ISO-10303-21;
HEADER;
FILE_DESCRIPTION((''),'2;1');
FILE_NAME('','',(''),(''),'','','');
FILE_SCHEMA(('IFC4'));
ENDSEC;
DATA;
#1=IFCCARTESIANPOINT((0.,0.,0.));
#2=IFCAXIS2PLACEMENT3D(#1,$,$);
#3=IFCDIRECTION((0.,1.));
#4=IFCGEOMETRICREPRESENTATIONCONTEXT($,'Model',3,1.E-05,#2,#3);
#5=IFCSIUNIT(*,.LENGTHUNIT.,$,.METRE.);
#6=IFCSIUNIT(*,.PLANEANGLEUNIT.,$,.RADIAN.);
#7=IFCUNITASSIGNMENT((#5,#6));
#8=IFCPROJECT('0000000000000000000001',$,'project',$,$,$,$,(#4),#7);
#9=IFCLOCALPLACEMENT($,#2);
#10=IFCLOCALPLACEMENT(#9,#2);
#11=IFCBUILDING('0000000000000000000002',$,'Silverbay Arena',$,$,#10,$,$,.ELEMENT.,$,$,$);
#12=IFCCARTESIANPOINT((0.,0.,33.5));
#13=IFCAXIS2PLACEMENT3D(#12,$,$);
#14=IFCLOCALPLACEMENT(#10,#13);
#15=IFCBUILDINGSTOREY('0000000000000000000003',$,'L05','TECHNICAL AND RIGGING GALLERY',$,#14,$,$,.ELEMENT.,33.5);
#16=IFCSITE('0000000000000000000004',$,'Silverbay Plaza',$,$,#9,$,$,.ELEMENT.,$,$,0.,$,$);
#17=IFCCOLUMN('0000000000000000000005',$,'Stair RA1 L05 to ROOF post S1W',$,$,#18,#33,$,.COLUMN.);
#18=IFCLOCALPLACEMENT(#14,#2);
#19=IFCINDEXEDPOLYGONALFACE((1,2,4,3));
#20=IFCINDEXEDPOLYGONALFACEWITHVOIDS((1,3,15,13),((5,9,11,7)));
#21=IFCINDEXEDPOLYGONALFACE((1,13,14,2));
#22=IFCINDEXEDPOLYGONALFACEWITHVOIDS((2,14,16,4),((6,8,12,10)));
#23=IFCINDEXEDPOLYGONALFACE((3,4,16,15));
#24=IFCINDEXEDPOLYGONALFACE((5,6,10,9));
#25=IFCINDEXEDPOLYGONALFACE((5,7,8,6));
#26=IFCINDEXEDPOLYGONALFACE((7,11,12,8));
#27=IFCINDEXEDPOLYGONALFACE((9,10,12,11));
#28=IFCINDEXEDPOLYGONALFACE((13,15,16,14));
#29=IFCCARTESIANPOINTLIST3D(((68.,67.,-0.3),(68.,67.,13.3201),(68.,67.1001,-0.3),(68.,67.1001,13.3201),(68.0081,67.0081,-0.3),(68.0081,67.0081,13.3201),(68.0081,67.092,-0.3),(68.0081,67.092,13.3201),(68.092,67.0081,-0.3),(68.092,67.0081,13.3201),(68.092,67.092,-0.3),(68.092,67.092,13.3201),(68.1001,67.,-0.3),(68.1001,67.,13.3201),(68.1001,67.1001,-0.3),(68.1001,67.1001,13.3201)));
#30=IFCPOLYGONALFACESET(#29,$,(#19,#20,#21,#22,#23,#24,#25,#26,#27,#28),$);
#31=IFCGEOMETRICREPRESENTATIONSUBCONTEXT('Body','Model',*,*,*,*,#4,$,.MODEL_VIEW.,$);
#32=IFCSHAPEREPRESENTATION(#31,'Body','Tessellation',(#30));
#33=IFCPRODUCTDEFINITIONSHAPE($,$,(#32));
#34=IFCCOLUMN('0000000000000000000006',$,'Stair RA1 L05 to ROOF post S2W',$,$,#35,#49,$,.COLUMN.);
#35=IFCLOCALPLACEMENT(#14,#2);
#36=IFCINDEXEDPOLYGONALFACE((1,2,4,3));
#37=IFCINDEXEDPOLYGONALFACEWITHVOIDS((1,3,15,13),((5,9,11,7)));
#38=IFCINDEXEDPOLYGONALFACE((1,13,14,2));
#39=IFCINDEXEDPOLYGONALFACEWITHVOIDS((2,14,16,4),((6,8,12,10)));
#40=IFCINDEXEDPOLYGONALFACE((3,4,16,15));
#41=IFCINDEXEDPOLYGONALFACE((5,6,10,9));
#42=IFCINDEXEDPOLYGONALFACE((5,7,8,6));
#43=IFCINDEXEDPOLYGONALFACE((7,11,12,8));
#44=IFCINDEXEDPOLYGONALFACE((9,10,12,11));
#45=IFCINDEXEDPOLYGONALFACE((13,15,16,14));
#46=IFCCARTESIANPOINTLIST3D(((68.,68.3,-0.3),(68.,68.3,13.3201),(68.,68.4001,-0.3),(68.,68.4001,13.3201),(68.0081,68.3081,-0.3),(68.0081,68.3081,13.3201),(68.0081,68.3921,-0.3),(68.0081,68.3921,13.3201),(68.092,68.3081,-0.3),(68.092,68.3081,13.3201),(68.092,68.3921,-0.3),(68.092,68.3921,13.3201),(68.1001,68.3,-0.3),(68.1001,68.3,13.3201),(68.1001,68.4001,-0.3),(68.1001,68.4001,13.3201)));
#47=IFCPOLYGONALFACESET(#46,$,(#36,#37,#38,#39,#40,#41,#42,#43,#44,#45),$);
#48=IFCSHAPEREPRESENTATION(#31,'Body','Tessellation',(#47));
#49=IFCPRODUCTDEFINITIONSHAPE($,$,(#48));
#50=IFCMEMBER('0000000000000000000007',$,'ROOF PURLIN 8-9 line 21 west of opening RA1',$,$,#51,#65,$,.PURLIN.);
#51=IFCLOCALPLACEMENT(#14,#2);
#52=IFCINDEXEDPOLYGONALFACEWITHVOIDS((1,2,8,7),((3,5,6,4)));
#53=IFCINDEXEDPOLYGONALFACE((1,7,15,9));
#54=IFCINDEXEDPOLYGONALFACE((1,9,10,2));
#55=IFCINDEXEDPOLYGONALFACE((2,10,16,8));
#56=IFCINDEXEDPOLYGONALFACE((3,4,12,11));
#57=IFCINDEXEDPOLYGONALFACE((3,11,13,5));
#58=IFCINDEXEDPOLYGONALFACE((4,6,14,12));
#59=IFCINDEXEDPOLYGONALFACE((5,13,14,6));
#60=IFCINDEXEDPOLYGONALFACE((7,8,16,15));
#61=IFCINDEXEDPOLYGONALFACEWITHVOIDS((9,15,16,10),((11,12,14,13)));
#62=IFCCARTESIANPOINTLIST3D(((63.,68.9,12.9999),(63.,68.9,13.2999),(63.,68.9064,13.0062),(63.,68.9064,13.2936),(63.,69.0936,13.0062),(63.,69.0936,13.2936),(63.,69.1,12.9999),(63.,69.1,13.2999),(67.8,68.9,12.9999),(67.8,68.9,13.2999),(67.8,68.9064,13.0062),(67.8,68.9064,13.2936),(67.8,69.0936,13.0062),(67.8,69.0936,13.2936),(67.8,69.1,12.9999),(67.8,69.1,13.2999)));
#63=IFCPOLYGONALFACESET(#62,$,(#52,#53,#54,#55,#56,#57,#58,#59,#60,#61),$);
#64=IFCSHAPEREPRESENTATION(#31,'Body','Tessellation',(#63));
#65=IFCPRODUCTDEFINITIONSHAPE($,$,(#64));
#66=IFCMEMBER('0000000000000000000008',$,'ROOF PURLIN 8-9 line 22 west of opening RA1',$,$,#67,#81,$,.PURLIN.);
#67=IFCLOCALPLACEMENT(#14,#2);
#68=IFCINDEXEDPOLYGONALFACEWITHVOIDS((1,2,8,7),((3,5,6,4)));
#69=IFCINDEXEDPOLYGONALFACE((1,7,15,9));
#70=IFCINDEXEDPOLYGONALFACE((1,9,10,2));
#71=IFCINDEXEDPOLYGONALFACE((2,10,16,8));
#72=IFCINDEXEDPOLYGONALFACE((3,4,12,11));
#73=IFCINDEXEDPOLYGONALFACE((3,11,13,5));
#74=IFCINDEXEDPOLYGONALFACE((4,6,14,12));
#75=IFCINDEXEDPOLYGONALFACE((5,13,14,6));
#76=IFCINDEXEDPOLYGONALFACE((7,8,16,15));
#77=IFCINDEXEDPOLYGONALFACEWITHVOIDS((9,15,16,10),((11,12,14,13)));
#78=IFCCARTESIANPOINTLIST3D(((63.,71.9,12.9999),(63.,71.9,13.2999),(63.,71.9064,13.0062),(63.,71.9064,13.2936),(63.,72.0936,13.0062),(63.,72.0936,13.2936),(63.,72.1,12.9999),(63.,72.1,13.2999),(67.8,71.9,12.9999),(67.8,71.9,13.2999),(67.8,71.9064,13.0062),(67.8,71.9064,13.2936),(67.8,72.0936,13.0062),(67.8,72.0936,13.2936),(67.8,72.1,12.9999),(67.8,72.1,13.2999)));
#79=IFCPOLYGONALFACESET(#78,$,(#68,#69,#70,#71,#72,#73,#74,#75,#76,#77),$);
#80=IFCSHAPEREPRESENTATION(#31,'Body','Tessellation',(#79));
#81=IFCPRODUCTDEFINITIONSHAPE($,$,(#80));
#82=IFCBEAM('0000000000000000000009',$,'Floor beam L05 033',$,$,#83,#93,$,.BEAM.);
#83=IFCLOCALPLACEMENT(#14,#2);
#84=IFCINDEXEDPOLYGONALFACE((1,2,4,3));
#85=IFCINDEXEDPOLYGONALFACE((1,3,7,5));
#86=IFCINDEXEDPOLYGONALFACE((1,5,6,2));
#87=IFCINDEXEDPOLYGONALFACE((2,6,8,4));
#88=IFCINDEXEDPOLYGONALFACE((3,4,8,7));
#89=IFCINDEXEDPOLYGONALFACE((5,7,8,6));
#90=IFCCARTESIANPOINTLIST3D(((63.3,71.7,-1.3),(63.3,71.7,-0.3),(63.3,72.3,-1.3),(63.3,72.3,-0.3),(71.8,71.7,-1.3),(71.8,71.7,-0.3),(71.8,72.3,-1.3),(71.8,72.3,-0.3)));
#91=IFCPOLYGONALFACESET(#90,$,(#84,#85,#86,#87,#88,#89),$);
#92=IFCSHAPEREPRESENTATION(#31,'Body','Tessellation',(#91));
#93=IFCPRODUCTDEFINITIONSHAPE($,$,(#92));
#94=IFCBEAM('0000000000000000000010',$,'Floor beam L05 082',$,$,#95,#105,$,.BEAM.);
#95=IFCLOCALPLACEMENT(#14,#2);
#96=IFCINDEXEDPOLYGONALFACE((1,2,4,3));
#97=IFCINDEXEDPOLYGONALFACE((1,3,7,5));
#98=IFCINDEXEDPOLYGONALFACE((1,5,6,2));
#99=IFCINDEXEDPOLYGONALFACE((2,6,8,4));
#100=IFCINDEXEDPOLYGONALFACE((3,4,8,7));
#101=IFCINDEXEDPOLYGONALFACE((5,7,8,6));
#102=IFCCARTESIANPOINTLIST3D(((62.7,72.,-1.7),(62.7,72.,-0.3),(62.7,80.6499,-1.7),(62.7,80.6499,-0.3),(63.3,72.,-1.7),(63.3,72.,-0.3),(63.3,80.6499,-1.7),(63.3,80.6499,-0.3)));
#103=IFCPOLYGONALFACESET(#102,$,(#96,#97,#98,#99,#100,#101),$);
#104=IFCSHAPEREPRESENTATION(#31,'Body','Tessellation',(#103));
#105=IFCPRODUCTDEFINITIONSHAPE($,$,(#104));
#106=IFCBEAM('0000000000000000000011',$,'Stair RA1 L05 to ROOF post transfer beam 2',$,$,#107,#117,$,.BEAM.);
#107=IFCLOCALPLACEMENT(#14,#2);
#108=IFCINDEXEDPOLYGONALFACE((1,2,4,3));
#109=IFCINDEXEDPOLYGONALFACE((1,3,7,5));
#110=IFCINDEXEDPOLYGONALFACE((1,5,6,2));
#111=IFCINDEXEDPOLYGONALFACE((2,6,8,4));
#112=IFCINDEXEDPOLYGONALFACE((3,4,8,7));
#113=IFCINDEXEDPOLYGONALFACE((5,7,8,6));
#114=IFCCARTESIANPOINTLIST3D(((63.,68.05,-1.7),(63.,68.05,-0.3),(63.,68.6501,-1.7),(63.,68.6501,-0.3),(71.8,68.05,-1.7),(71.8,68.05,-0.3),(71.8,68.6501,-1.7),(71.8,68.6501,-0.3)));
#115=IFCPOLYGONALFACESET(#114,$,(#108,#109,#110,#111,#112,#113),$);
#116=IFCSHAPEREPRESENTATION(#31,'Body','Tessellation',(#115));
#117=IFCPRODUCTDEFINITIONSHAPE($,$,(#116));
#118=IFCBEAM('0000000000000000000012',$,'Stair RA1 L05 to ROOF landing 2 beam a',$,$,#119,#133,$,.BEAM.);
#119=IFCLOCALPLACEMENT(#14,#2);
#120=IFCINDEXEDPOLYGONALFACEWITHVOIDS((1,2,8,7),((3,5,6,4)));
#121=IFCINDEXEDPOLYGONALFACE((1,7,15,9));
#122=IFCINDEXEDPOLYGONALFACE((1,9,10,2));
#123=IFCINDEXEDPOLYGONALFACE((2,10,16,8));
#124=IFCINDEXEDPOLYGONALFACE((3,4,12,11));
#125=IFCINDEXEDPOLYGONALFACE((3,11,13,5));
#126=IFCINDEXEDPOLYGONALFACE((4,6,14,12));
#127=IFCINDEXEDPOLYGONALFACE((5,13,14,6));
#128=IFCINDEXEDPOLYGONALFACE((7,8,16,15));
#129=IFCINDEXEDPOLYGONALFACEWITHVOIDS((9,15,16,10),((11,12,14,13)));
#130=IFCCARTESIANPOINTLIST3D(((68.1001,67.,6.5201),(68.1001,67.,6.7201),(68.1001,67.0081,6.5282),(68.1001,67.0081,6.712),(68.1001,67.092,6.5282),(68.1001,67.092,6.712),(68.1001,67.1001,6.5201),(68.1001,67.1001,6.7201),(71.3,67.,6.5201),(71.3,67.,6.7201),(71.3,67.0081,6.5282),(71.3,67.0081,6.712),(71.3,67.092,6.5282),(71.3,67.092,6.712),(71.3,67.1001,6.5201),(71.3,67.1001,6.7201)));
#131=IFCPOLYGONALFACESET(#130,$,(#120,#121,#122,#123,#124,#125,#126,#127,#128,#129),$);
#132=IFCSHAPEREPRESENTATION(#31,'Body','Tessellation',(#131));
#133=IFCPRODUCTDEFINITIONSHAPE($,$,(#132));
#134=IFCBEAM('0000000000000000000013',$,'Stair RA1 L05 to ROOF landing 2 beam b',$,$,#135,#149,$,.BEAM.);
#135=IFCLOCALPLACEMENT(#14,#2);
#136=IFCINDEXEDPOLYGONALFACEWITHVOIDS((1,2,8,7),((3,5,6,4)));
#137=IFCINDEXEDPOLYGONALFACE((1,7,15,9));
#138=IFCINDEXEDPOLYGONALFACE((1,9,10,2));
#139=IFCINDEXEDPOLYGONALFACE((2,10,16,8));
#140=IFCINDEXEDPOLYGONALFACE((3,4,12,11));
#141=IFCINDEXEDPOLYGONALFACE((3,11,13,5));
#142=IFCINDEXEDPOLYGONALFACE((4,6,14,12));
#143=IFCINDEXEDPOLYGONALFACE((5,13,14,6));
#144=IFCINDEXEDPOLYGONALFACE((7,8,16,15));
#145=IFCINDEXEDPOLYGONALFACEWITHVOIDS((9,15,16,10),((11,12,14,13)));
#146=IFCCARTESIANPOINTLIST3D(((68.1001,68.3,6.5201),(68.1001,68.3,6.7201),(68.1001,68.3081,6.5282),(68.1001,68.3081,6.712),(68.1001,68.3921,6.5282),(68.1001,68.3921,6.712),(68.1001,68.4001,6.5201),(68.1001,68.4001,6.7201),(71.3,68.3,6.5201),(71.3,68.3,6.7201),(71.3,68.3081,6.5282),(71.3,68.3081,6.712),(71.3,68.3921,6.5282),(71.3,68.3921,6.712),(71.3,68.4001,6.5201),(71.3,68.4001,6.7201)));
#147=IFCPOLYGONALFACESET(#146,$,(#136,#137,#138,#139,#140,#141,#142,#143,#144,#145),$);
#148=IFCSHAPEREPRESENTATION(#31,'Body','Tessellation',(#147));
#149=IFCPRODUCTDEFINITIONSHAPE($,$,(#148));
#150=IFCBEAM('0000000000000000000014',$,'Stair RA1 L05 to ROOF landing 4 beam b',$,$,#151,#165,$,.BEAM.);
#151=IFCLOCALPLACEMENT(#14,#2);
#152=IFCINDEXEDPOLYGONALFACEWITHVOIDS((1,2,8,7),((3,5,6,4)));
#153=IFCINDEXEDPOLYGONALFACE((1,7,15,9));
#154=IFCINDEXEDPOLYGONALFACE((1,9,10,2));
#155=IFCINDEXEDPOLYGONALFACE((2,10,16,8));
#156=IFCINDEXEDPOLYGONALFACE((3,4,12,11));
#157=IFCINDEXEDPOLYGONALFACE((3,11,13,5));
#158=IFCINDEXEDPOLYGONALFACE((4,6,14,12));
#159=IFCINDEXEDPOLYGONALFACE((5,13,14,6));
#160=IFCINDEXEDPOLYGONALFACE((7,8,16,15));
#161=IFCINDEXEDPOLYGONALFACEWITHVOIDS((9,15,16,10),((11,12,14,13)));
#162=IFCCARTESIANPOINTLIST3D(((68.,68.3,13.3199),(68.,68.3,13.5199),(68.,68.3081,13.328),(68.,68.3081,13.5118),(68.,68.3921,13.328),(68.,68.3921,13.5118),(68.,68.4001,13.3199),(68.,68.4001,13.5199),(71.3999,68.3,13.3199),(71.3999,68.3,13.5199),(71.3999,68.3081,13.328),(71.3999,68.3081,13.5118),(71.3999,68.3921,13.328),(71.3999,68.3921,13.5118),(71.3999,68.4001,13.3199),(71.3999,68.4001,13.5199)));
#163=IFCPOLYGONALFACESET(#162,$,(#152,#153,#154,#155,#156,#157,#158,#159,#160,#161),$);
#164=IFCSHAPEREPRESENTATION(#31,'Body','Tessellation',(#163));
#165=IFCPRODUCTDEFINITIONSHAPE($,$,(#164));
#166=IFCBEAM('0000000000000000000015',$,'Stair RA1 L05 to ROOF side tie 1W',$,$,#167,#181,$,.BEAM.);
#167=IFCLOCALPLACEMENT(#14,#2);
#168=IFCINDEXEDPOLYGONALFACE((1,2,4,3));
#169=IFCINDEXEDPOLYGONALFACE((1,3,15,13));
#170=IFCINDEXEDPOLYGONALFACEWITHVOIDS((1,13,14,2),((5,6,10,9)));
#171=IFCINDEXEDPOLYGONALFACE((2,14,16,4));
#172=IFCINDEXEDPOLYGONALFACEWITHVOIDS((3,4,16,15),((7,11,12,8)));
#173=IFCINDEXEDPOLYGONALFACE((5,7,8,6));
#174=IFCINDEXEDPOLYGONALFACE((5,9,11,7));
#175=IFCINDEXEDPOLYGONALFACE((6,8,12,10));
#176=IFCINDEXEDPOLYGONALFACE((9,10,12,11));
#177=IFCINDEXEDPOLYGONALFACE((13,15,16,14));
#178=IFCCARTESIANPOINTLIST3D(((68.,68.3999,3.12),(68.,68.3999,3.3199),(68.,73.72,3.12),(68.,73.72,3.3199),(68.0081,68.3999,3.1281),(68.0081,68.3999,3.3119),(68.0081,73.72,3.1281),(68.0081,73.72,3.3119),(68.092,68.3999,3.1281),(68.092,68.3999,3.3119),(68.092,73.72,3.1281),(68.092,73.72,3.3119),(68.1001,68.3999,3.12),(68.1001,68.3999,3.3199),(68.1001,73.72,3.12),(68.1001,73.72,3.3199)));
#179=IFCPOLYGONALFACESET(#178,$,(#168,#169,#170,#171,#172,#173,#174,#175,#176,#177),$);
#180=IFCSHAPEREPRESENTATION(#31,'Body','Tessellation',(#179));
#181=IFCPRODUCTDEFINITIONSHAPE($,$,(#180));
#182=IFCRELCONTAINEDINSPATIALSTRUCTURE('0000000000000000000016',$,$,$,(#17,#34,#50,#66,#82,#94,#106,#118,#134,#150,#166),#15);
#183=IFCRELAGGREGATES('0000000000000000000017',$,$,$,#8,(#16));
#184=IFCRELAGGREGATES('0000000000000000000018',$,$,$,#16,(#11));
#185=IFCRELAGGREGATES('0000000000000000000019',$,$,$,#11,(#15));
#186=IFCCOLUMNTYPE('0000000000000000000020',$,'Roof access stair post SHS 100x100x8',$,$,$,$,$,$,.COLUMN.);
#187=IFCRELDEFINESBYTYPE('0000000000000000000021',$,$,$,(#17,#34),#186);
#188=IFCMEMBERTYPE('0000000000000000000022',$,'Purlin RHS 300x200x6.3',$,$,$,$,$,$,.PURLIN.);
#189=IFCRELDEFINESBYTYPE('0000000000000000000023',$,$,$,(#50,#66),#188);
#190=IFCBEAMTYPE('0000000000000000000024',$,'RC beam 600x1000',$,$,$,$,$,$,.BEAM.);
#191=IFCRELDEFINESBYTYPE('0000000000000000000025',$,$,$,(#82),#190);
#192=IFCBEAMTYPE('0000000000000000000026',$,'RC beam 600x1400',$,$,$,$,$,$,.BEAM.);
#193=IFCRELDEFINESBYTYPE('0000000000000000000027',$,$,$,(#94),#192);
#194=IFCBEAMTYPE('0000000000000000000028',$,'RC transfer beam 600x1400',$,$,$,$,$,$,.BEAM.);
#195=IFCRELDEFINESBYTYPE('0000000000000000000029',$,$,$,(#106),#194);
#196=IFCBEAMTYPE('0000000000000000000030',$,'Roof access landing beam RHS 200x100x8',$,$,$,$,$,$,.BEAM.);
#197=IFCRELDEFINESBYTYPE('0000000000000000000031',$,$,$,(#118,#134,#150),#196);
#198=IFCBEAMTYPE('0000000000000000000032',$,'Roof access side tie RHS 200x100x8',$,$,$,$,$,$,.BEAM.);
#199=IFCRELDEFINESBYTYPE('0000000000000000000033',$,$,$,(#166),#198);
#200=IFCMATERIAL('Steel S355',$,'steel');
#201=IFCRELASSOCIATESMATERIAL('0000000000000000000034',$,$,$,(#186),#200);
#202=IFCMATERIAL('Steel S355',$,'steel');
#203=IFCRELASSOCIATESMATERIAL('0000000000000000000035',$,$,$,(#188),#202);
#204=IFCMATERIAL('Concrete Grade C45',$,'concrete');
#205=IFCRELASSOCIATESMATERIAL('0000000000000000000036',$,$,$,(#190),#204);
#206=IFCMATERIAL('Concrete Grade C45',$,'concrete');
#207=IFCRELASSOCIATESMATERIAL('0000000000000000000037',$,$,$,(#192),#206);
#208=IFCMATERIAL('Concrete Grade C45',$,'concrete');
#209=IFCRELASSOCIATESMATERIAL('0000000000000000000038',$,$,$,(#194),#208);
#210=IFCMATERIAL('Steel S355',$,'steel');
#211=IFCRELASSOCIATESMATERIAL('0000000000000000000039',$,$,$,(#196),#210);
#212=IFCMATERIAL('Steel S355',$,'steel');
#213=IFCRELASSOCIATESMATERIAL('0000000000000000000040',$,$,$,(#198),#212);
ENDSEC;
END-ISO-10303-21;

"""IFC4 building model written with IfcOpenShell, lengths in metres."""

from ifc_helpers import new_model, si_unit, direction, frame, origin, origin_2d, place, context, subcontext, project, spatial, rectangle, hollow_rectangle, extrude, material, material_profile, profile_set, type_object, element, save


model = new_model("IFC4")

# Units and contexts
model_context = context("Model", 3, precision=1e-05, world=origin(), true_north=direction((0.0, 1.0)))
body_context = subcontext(model_context, "Body", "Model", "MODEL_VIEW")
ifc_project = project(units=[si_unit("LENGTHUNIT", "METRE"), si_unit("PLANEANGLEUNIT", "RADIAN")], contexts=[model_context])

# Site, building, storey
site_placement = place(None, origin())
site = spatial("IfcSite", under=ifc_project, at=site_placement, Name="Silverbay Plaza", CompositionType="ELEMENT", RefElevation=0.0)
building_placement = place(site_placement, origin())
building = spatial("IfcBuilding", under=site, at=building_placement, Name="Silverbay Arena", CompositionType="ELEMENT")
storey_placement = place(building_placement, frame((0.0, 0.0, 33.5)))
storey = spatial("IfcBuildingStorey", under=building, at=storey_placement, Name="L05", Description="TECHNICAL AND RIGGING GALLERY", CompositionType="ELEMENT", Elevation=33.5)

# Columns
ifc_material_1 = material(Name="Steel S355", Category="steel")
ifc_material_profile_1 = material_profile(ifc_material_1, hollow_rectangle(XDim=0.1001, YDim=0.1001, WallThickness=0.0081, at=origin_2d()), Name="SHS 100x100x8")
ifc_profile_set_1 = profile_set([ifc_material_profile_1], Name="Steel S355")
column_type = type_object("IfcColumnType", Name="Roof access stair post SHS 100x100x8", PredefinedType="COLUMN", material=ifc_profile_set_1)
for number, where, z_axis, x_axis, name in (
    (1, (68.05, 67.05, -0.3), (0.0, 0.0, 1.0), (1.0, 0.0, 0.0), "Stair RA1 L05 to ROOF post S1W"),
    (2, (68.05, 68.3501, -0.3), (0.0, 0.0, 1.0), (1.0, 0.0, 0.0), "Stair RA1 L05 to ROOF post S2W"),
):
    element("IfcColumn", number, at=place(storey_placement, frame(where, z_axis=z_axis, x_axis=x_axis)), inside=storey, type_object=column_type, Name=name, PredefinedType="COLUMN", context=body_context, shape_type="SweptSolid", body=[
        extrude(hollow_rectangle(XDim=0.1001, YDim=0.1001, WallThickness=0.0081, at=origin_2d()), origin(), (0.0, 0.0, 1.0), 13.6201),
    ])

# Members
ifc_material_2 = material(Name="Steel S355", Category="steel")
ifc_material_profile_2 = material_profile(ifc_material_2, hollow_rectangle(XDim=0.2, YDim=0.3, WallThickness=0.0063, at=origin_2d()), Name="RHS 300x200x6.3")
ifc_profile_set_2 = profile_set([ifc_material_profile_2], Name="Steel S355")
member_type_1 = type_object("IfcMemberType", Name="Purlin RHS 300x200x6.3", PredefinedType="PURLIN", material=ifc_profile_set_2)
for number, where, z_axis, x_axis, name in (
    (3, (63.0, 69.0, 13.1499), (1.0, 0.0, 0.0), (0.0, 1.0, 0.0), "ROOF PURLIN 8-9 line 21 west of opening RA1"),
    (4, (63.0, 72.0, 13.1499), (1.0, 0.0, 0.0), (0.0, 1.0, 0.0), "ROOF PURLIN 8-9 line 22 west of opening RA1"),
):
    element("IfcMember", number, at=place(storey_placement, frame(where, z_axis=z_axis, x_axis=x_axis)), inside=storey, type_object=member_type_1, Name=name, PredefinedType="PURLIN", context=body_context, shape_type="SweptSolid", body=[
        extrude(hollow_rectangle(XDim=0.2, YDim=0.3, WallThickness=0.0063, at=origin_2d()), origin(), (0.0, 0.0, 1.0), 4.8),
    ])

# Beams
ifc_material_3 = material(Name="Concrete Grade C45", Category="concrete")
ifc_material_profile_3 = material_profile(ifc_material_3, rectangle(XDim=0.6001, YDim=1.0, at=origin_2d()), Name="RC 600x1000")
ifc_profile_set_3 = profile_set([ifc_material_profile_3], Name="Concrete Grade C45")
beam_type_1 = type_object("IfcBeamType", Name="RC beam 600x1000", PredefinedType="BEAM", material=ifc_profile_set_3)
beam_1_placement = place(storey_placement, frame((63.3, 72.0, -0.8), z_axis=(1.0, 0.0, 0.0), x_axis=(0.0, 1.0, 0.0)))
element("IfcBeam", 5, at=beam_1_placement, inside=storey, type_object=beam_type_1, Name="Floor beam L05 033", PredefinedType="BEAM", context=body_context, shape_type="SweptSolid", body=[
    extrude(rectangle(XDim=0.6001, YDim=1.0, at=origin_2d()), origin(), (0.0, 0.0, 1.0), 8.5),
])
ifc_material_4 = material(Name="Concrete Grade C45", Category="concrete")
ifc_material_profile_4 = material_profile(ifc_material_4, rectangle(XDim=0.6001, YDim=1.3999, at=origin_2d()), Name="RC 600x1400")
ifc_profile_set_4 = profile_set([ifc_material_profile_4], Name="Concrete Grade C45")
beam_type_2 = type_object("IfcBeamType", Name="RC beam 600x1400", PredefinedType="BEAM", material=ifc_profile_set_4)
beam_2_placement = place(storey_placement, frame((63.0, 72.0, -1.0), z_axis=(0.0, 1.0, 0.0), x_axis=(-1.0, 0.0, 0.0)))
element("IfcBeam", 6, at=beam_2_placement, inside=storey, type_object=beam_type_2, Name="Floor beam L05 082", PredefinedType="BEAM", context=body_context, shape_type="SweptSolid", body=[
    extrude(rectangle(XDim=0.6001, YDim=1.3999, at=origin_2d()), origin(), (0.0, 0.0, 1.0), 8.6499),
])
ifc_material_5 = material(Name="Concrete Grade C45", Category="concrete")
ifc_material_profile_5 = material_profile(ifc_material_5, rectangle(XDim=0.6001, YDim=1.3999, at=origin_2d()), Name="RC 600x1400")
ifc_profile_set_5 = profile_set([ifc_material_profile_5], Name="Concrete Grade C45")
beam_type_3 = type_object("IfcBeamType", Name="RC transfer beam 600x1400", PredefinedType="BEAM", material=ifc_profile_set_5)
beam_3_placement = place(storey_placement, frame((63.0, 68.3501, -1.0), z_axis=(1.0, 0.0, 0.0), x_axis=(0.0, 1.0, 0.0)))
element("IfcBeam", 7, at=beam_3_placement, inside=storey, type_object=beam_type_3, Name="Stair RA1 L05 to ROOF post transfer beam 2", PredefinedType="BEAM", context=body_context, shape_type="SweptSolid", body=[
    extrude(rectangle(XDim=0.6001, YDim=1.3999, at=origin_2d()), origin(), (0.0, 0.0, 1.0), 8.8),
])
ifc_material_6 = material(Name="Steel S355", Category="steel")
ifc_material_profile_6 = material_profile(ifc_material_6, hollow_rectangle(XDim=0.1001, YDim=0.2, WallThickness=0.0081, at=origin_2d()), Name="RHS 200x100x8")
ifc_profile_set_6 = profile_set([ifc_material_profile_6], Name="Steel S355")
beam_type_4 = type_object("IfcBeamType", Name="Roof access landing beam RHS 200x100x8", PredefinedType="BEAM", material=ifc_profile_set_6)
for number, where, z_axis, x_axis, name in (
    (8, (68.1001, 67.05, 6.6201), (1.0, 0.0, 0.0), (0.0, 1.0, 0.0), "Stair RA1 L05 to ROOF landing 2 beam a"),
    (9, (68.1001, 68.3501, 6.6201), (1.0, 0.0, 0.0), (0.0, 1.0, 0.0), "Stair RA1 L05 to ROOF landing 2 beam b"),
):
    element("IfcBeam", number, at=place(storey_placement, frame(where, z_axis=z_axis, x_axis=x_axis)), inside=storey, type_object=beam_type_4, Name=name, PredefinedType="BEAM", context=body_context, shape_type="SweptSolid", body=[
        extrude(hollow_rectangle(XDim=0.1001, YDim=0.2, WallThickness=0.0081, at=origin_2d()), origin(), (0.0, 0.0, 1.0), 3.2),
    ])
beam_4_placement = place(storey_placement, frame((68.0, 68.3501, 13.4199), z_axis=(1.0, 0.0, 0.0), x_axis=(0.0, 1.0, 0.0)))
element("IfcBeam", 10, at=beam_4_placement, inside=storey, type_object=beam_type_4, Name="Stair RA1 L05 to ROOF landing 4 beam b", PredefinedType="BEAM", context=body_context, shape_type="SweptSolid", body=[
    extrude(hollow_rectangle(XDim=0.1001, YDim=0.2, WallThickness=0.0081, at=origin_2d()), origin(), (0.0, 0.0, 1.0), 3.3999),
])
ifc_material_7 = material(Name="Steel S355", Category="steel")
ifc_material_profile_7 = material_profile(ifc_material_7, hollow_rectangle(XDim=0.1001, YDim=0.2, WallThickness=0.0081, at=origin_2d()), Name="RHS 200x100x8")
ifc_profile_set_7 = profile_set([ifc_material_profile_7], Name="Steel S355")
beam_type_5 = type_object("IfcBeamType", Name="Roof access side tie RHS 200x100x8", PredefinedType="BEAM", material=ifc_profile_set_7)
for number, where, z_axis, x_axis, name in (
    (11, (68.05, 68.3999, 3.22), (0.0, 1.0, 0.0), (-1.0, 0.0, 0.0), "Stair RA1 L05 to ROOF side tie 1W"),
):
    element("IfcBeam", number, at=place(storey_placement, frame(where, z_axis=z_axis, x_axis=x_axis)), inside=storey, type_object=beam_type_5, Name=name, PredefinedType="BEAM", context=body_context, shape_type="SweptSolid", body=[
        extrude(hollow_rectangle(XDim=0.1001, YDim=0.2, WallThickness=0.0081, at=origin_2d()), origin(), (0.0, 0.0, 1.0), 5.3201),
    ])

save(model, "model.ifc")
